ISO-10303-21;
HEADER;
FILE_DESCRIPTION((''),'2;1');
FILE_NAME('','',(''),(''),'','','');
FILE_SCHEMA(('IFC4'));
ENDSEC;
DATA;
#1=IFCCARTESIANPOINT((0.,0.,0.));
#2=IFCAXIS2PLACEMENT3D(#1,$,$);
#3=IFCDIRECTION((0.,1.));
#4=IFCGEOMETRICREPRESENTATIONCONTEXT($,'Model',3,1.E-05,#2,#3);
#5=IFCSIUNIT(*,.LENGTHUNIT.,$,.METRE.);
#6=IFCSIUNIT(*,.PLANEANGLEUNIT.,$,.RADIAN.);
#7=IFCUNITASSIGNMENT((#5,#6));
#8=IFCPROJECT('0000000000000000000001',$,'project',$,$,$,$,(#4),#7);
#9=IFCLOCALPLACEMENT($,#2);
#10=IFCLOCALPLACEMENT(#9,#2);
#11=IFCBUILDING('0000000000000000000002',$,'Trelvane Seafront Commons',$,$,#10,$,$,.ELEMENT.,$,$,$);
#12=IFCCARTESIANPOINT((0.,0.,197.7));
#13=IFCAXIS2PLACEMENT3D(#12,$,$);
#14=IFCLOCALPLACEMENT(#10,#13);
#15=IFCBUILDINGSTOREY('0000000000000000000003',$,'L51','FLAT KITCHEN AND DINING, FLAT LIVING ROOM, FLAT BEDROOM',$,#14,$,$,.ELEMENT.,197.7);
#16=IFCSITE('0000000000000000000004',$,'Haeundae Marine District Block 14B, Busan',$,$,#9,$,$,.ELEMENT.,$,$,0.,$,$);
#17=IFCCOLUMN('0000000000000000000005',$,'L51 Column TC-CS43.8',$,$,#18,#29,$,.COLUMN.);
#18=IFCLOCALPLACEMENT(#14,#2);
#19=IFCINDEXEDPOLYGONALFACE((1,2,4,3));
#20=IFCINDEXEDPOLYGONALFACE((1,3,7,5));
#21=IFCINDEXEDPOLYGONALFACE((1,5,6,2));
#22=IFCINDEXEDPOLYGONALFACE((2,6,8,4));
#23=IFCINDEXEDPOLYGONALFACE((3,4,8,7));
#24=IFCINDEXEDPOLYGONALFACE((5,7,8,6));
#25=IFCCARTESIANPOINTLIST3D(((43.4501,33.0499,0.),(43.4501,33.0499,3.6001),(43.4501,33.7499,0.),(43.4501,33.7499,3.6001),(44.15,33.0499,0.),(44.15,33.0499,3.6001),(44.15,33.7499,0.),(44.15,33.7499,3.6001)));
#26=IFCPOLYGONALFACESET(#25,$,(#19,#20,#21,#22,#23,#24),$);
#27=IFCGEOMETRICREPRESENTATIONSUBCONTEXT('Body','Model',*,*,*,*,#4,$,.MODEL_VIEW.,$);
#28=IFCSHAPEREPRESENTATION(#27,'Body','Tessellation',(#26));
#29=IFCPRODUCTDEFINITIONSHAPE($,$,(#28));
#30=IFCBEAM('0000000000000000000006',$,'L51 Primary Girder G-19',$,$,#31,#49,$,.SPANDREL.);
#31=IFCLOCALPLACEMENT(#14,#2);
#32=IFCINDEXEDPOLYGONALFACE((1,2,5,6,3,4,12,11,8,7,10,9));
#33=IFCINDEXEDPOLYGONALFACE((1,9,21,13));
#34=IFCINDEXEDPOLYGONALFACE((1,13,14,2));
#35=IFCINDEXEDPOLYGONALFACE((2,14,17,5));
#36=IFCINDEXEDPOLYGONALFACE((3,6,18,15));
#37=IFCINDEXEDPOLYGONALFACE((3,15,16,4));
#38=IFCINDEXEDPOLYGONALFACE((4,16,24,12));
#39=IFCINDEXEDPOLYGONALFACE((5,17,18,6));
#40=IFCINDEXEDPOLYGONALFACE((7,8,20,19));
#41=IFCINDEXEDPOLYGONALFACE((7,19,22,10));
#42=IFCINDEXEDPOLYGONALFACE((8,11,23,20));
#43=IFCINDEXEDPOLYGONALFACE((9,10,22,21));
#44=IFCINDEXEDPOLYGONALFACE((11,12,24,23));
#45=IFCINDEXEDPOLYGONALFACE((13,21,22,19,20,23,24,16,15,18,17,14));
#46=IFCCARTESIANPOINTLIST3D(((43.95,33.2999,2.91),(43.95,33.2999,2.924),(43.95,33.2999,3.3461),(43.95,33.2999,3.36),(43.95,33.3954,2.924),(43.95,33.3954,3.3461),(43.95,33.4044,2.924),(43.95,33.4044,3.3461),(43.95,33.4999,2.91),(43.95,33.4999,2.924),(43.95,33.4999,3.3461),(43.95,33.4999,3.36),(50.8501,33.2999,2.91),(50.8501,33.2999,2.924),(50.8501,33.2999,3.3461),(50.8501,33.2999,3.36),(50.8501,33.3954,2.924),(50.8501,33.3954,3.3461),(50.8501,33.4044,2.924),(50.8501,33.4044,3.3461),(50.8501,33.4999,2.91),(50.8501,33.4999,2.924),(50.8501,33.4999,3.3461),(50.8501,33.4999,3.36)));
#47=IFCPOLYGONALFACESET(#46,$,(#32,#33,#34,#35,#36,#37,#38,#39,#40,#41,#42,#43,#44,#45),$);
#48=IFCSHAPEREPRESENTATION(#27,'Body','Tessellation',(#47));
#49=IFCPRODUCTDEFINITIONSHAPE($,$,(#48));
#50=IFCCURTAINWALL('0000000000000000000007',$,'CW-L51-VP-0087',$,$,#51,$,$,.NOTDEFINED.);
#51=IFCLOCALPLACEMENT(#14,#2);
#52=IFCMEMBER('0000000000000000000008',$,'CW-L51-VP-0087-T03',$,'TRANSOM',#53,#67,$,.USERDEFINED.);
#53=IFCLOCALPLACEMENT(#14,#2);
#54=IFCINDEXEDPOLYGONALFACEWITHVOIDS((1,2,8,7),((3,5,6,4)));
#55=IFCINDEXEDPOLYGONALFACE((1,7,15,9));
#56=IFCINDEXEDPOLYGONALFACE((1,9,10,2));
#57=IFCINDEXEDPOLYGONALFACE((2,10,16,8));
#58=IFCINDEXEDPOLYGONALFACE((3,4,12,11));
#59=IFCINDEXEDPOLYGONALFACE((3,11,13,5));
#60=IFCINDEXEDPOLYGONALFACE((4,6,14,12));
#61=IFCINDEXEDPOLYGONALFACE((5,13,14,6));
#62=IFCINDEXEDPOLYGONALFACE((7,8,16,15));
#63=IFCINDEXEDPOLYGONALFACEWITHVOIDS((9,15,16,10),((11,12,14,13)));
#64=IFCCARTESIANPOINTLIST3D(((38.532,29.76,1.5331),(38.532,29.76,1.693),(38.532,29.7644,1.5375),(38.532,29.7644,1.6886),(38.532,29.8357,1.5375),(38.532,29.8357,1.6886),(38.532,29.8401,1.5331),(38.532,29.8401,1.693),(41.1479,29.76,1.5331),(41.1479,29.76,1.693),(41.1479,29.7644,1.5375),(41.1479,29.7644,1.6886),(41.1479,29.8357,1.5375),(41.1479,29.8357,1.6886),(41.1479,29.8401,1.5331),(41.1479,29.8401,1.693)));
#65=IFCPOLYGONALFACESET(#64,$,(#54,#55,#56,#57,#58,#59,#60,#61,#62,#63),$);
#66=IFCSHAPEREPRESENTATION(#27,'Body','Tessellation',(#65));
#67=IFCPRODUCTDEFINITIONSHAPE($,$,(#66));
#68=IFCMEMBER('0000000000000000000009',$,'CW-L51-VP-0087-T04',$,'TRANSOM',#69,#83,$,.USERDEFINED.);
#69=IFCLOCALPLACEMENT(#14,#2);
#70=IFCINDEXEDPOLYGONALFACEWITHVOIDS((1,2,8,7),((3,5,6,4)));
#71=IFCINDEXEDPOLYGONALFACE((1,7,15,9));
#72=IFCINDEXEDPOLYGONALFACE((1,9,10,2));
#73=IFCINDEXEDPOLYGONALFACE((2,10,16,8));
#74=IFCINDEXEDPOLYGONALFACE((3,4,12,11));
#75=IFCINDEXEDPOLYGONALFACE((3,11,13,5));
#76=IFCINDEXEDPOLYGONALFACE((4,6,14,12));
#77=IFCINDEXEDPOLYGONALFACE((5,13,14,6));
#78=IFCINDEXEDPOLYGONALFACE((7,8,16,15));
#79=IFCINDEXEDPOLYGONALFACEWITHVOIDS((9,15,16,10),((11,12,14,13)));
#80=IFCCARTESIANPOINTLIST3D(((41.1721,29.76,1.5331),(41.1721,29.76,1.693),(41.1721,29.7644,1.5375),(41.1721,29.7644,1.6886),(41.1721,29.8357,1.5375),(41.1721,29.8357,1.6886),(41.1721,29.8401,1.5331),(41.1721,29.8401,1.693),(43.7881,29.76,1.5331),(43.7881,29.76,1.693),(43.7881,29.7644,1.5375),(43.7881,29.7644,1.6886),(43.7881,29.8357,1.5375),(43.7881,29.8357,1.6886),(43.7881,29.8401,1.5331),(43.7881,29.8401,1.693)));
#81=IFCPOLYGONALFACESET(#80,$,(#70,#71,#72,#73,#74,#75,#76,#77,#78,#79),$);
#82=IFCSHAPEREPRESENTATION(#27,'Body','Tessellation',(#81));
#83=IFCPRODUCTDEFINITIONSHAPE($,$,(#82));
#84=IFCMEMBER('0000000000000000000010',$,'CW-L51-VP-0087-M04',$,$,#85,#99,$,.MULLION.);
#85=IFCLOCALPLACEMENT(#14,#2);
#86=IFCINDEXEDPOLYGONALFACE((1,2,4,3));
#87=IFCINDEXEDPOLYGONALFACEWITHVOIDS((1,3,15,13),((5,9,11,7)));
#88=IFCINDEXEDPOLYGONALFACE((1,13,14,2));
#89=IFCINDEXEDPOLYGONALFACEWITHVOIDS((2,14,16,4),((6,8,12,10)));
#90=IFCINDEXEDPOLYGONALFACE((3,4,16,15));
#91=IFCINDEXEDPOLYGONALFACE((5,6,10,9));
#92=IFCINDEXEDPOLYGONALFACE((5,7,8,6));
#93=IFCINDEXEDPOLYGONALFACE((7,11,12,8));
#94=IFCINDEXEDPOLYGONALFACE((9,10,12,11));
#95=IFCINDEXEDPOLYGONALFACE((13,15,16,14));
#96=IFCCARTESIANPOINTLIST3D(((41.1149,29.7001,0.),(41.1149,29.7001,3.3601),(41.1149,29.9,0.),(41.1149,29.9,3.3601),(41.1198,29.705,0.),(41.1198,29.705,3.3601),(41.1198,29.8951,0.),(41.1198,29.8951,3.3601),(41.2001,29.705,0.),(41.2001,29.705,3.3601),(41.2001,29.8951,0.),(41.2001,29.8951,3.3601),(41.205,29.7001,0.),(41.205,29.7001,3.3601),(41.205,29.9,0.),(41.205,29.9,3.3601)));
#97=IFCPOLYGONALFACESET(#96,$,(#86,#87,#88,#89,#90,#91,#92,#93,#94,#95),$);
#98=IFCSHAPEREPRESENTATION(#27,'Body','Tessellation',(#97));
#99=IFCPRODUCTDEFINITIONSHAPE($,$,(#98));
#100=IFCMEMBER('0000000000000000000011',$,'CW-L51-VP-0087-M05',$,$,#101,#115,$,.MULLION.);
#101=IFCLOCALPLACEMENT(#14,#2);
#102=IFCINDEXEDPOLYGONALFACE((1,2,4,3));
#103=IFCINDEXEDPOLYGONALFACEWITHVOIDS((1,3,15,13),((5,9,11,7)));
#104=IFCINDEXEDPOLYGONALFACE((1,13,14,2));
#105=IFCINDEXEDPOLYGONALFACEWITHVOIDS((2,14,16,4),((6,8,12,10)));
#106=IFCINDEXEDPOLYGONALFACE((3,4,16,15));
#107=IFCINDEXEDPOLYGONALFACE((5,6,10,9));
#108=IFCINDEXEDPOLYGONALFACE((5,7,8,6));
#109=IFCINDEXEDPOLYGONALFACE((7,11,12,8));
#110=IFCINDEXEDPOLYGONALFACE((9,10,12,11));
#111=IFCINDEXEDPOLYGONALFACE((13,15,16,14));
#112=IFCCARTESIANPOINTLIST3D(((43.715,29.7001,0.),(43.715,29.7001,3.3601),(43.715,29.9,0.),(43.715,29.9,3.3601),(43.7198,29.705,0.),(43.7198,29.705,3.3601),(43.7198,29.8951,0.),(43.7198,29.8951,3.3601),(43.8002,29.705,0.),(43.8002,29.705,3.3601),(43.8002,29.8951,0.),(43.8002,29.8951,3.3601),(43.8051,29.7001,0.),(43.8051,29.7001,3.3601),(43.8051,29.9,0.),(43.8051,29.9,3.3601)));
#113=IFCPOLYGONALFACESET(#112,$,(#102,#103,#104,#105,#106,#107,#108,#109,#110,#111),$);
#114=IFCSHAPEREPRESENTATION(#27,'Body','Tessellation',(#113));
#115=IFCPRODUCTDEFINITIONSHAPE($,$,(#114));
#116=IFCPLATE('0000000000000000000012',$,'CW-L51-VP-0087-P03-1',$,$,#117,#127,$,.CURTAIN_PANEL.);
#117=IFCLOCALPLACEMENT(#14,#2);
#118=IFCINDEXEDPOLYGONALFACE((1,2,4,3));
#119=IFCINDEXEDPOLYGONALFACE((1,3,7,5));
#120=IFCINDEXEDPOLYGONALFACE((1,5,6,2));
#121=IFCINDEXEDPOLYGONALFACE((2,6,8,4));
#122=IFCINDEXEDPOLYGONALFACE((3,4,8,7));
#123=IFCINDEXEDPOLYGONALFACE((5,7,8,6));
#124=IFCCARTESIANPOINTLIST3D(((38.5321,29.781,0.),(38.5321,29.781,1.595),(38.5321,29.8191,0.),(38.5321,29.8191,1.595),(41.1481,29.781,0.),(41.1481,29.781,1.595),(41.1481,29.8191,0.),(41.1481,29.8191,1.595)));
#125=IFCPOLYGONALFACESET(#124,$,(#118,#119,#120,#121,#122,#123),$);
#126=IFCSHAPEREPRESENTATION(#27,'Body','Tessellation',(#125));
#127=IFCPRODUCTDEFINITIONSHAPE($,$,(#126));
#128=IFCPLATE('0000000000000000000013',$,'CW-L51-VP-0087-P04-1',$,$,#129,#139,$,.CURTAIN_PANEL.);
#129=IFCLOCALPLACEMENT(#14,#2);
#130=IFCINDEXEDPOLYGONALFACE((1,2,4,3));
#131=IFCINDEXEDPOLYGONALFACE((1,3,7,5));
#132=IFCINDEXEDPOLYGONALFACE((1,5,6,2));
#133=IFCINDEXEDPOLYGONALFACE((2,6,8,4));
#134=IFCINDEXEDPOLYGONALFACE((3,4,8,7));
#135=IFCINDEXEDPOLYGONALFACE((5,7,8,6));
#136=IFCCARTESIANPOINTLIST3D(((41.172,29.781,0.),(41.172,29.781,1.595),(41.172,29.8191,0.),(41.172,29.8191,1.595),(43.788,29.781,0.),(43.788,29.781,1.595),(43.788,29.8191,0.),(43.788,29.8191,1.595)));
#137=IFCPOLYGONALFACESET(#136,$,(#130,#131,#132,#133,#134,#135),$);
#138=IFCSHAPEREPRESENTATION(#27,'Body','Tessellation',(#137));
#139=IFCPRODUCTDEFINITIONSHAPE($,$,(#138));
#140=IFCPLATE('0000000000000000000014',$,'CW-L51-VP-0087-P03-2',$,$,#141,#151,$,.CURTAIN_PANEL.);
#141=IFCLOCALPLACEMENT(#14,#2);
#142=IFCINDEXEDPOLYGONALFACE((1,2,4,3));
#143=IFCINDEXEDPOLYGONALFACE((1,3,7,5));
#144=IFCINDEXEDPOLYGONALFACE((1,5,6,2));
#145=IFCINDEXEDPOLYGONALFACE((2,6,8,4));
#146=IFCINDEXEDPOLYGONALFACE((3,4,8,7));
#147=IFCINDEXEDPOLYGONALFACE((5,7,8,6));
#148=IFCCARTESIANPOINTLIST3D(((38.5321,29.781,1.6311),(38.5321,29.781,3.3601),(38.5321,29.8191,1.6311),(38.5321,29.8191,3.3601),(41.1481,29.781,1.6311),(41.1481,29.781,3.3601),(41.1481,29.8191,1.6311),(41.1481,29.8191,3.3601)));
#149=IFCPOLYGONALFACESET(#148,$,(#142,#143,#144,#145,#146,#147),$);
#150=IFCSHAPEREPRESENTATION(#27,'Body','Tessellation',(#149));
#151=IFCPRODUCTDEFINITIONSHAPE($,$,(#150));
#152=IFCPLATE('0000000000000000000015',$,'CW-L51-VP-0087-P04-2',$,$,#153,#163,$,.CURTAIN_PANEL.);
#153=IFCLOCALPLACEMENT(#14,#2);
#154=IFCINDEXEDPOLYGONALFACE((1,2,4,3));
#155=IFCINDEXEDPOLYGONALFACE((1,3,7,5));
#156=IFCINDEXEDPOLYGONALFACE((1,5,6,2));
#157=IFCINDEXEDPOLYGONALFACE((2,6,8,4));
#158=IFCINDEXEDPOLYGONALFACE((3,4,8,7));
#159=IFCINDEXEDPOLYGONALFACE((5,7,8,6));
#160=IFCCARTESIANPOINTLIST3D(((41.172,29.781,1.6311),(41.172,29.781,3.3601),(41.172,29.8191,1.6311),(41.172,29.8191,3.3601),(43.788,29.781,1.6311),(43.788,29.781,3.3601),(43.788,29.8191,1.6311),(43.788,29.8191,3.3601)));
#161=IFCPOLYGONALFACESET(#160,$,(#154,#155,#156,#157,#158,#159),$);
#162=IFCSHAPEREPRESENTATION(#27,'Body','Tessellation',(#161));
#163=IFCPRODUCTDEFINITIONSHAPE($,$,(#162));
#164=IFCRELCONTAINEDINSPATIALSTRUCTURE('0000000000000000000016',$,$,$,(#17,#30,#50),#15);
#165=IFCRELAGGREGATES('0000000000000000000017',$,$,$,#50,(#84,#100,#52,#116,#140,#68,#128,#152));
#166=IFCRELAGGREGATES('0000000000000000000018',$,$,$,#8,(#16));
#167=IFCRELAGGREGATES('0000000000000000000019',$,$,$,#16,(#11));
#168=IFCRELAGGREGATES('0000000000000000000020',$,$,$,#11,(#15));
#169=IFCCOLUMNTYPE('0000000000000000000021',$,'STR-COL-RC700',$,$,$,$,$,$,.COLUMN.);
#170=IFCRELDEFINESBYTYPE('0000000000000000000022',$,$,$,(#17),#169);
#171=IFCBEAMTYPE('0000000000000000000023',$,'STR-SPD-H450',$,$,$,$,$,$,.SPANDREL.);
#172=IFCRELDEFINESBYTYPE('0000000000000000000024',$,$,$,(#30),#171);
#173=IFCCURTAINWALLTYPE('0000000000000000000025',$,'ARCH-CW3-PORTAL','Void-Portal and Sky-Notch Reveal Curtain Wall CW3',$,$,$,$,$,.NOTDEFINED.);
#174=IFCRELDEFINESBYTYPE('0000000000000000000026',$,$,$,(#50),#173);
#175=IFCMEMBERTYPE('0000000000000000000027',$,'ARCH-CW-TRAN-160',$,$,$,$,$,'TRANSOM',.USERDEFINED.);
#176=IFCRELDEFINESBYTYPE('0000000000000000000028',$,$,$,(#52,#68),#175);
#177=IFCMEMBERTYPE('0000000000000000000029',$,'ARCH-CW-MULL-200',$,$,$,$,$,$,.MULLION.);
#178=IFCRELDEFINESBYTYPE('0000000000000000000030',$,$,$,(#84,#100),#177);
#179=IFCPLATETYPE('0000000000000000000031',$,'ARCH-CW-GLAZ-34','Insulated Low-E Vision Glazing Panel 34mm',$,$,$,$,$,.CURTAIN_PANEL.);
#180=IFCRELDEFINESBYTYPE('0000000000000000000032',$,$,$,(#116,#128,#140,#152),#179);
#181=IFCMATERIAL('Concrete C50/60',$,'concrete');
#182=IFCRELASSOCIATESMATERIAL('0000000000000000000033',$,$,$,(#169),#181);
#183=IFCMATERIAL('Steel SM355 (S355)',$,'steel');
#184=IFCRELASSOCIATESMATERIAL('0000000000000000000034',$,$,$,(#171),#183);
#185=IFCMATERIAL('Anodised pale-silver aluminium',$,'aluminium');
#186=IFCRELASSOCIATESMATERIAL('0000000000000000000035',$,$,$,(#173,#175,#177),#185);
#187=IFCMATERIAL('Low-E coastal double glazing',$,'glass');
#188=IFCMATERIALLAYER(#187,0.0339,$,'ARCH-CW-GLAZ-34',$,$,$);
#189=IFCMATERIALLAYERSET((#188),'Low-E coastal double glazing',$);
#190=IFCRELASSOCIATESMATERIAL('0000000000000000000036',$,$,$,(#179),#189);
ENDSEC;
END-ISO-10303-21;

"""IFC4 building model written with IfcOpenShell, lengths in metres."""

from ifc_helpers import new_model, si_unit, direction, frame, origin, origin_2d, place, context, subcontext, project, spatial, rectangle, hollow_rectangle, i_section, extrude, source, transform, mapped, material, layer, layer_set, material_profile, profile_set, type_object, element, aggregate, save


model = new_model("IFC4")

# Units and contexts
model_context = context("Model", 3, precision=1e-05, world=origin(), true_north=direction((0.0, 1.0)))
body_context = subcontext(model_context, "Body", "Model", "MODEL_VIEW")
ifc_project = project(units=[si_unit("LENGTHUNIT", "METRE"), si_unit("PLANEANGLEUNIT", "RADIAN")], contexts=[model_context])

# Site, building, storey
site_placement = place(None, origin())
site = spatial("IfcSite", under=ifc_project, at=site_placement, Name="Haeundae Marine District Block 14B, Busan", CompositionType="ELEMENT", RefElevation=0.0)
building_placement = place(site_placement, origin())
building = spatial("IfcBuilding", under=site, at=building_placement, Name="Trelvane Seafront Commons", CompositionType="ELEMENT")
storey_placement = place(building_placement, frame((0.0, 0.0, 197.7)))
storey = spatial("IfcBuildingStorey", under=building, at=storey_placement, Name="L51", Description="FLAT KITCHEN AND DINING, FLAT LIVING ROOM, FLAT BEDROOM", CompositionType="ELEMENT", Elevation=197.7)

# Column
ifc_material_1 = material(Name="Concrete C50/60", Category="concrete")
ifc_material_profile_1 = material_profile(ifc_material_1, rectangle(XDim=0.7, YDim=0.7, at=origin_2d()), Name="RC-700x700")
ifc_profile_set_1 = profile_set([ifc_material_profile_1], Name="Concrete C50/60")
column_type = type_object("IfcColumnType", Name="STR-COL-RC700", PredefinedType="COLUMN", material=ifc_profile_set_1)
shared_shape_1 = source(origin(), body_context, "Body", "SweptSolid", [
    extrude(rectangle(XDim=0.7, YDim=0.7, at=origin_2d()), origin(), (0.0, 0.0, 1.0), 3.6001),
])
column_placement = place(storey_placement, frame((43.8, 33.3999, 0.0), z_axis=(0.0, 0.0, 1.0), x_axis=(1.0, 0.0, 0.0)))
element("IfcColumn", 1, at=column_placement, inside=storey, type_object=column_type, Name="L51 Column TC-CS43.8", PredefinedType="COLUMN", context=body_context, shape_type="MappedRepresentation", body=[
    mapped(shared_shape_1, transform((0.0, 0.0, 0.0), x_axis=(1.0, 0.0, 0.0), y_axis=(0.0, 1.0, 0.0), z_axis=(0.0, 0.0, 1.0), scale=1.0)),
])

# Beam
ifc_material_2 = material(Name="Steel SM355 (S355)", Category="steel")
ifc_material_profile_2 = material_profile(ifc_material_2, i_section(OverallWidth=0.2, OverallDepth=0.45, WebThickness=0.009, FlangeThickness=0.0139, at=origin_2d()), Name="H-450x200x9x14")
ifc_profile_set_2 = profile_set([ifc_material_profile_2], Name="Steel SM355 (S355)")
beam_type = type_object("IfcBeamType", Name="STR-SPD-H450", PredefinedType="SPANDREL", material=ifc_profile_set_2)
shared_shape_2 = source(origin(), body_context, "Body", "SweptSolid", [
    extrude(i_section(OverallWidth=0.2, OverallDepth=0.45, WebThickness=0.009, FlangeThickness=0.0139, at=origin_2d()), origin(), (0.0, 0.0, 1.0), 6.9001),
])
beam_placement = place(storey_placement, frame((43.95, 33.3999, 3.135), z_axis=(1.0, 0.0, 0.0), x_axis=(0.0, 1.0, 0.0)))
element("IfcBeam", 2, at=beam_placement, inside=storey, type_object=beam_type, Name="L51 Primary Girder G-19", PredefinedType="SPANDREL", context=body_context, shape_type="MappedRepresentation", body=[
    mapped(shared_shape_2, transform((0.0, 0.0, 0.0), x_axis=(1.0, 0.0, 0.0), y_axis=(0.0, 1.0, 0.0), z_axis=(0.0, 0.0, 1.0), scale=1.0)),
])

# Curtain wall, members, plates
ifc_material_3 = material(Name="Anodised pale-silver aluminium", Category="aluminium")
curtain_wall_type = type_object("IfcCurtainWallType", Name="ARCH-CW3-PORTAL", Description="Void-Portal and Sky-Notch Reveal Curtain Wall CW3", PredefinedType="NOTDEFINED", material=ifc_material_3)
curtain_wall_placement = place(storey_placement, origin())
curtain_wall = element("IfcCurtainWall", 3, at=curtain_wall_placement, inside=storey, type_object=curtain_wall_type, Name="CW-L51-VP-0087", PredefinedType="NOTDEFINED")
ifc_material_profile_3 = material_profile(ifc_material_3, hollow_rectangle(XDim=0.0801, YDim=0.1599, WallThickness=0.0044, at=origin_2d()), Name="TRAN-80x160x4.5")
ifc_profile_set_3 = profile_set([ifc_material_profile_3], Name="Anodised pale-silver aluminium")
member_type_1 = type_object("IfcMemberType", Name="ARCH-CW-TRAN-160", ElementType="TRANSOM", PredefinedType="USERDEFINED", material=ifc_profile_set_3)
shared_shape_3 = source(origin(), body_context, "Body", "SweptSolid", [
    extrude(hollow_rectangle(XDim=0.0801, YDim=0.1599, WallThickness=0.0044, at=origin_2d()), origin(), (0.0, 0.0, 1.0), 2.616),
])
member_1_placement = place(storey_placement, frame((38.532, 29.8, 1.613), z_axis=(1.0, 0.0, 0.0), x_axis=(0.0, 1.0, 0.0)))
member_1 = element("IfcMember", 4, at=member_1_placement, type_object=member_type_1, Name="CW-L51-VP-0087-T03", ObjectType="TRANSOM", PredefinedType="USERDEFINED", context=body_context, shape_type="MappedRepresentation", body=[
    mapped(shared_shape_3, transform((0.0, 0.0, 0.0), x_axis=(1.0, 0.0, 0.0), y_axis=(0.0, 1.0, 0.0), z_axis=(0.0, 0.0, 1.0), scale=1.0)),
])
member_2_placement = place(storey_placement, frame((41.1721, 29.8, 1.613), z_axis=(1.0, 0.0, 0.0), x_axis=(0.0, 1.0, 0.0)))
member_2 = element("IfcMember", 5, at=member_2_placement, type_object=member_type_1, Name="CW-L51-VP-0087-T04", ObjectType="TRANSOM", PredefinedType="USERDEFINED", context=body_context, shape_type="MappedRepresentation", body=[
    mapped(shared_shape_3, transform((0.0, 0.0, 0.0), x_axis=(1.0, 0.0, 0.0), y_axis=(0.0, 1.0, 0.0), z_axis=(0.0, 0.0, 1.0), scale=1.0)),
])
ifc_material_profile_4 = material_profile(ifc_material_3, hollow_rectangle(XDim=0.0901, YDim=0.2, WallThickness=0.0049, at=origin_2d()), Name="MULL-90x200x5")
ifc_profile_set_4 = profile_set([ifc_material_profile_4], Name="Anodised pale-silver aluminium")
member_type_2 = type_object("IfcMemberType", Name="ARCH-CW-MULL-200", PredefinedType="MULLION", material=ifc_profile_set_4)
shared_shape_4 = source(origin(), body_context, "Body", "SweptSolid", [
    extrude(hollow_rectangle(XDim=0.0901, YDim=0.2, WallThickness=0.0049, at=origin_2d()), origin(), (0.0, 0.0, 1.0), 3.3601),
])
member_3_placement = place(storey_placement, frame((41.1599, 29.8, 0.0), z_axis=(0.0, 0.0, 1.0), x_axis=(1.0, 0.0, 0.0)))
member_3 = element("IfcMember", 6, at=member_3_placement, type_object=member_type_2, Name="CW-L51-VP-0087-M04", PredefinedType="MULLION", context=body_context, shape_type="MappedRepresentation", body=[
    mapped(shared_shape_4, transform((0.0, 0.0, 0.0), x_axis=(1.0, 0.0, 0.0), y_axis=(0.0, 1.0, 0.0), z_axis=(0.0, 0.0, 1.0), scale=1.0)),
])
member_4_placement = place(storey_placement, frame((43.76, 29.8, 0.0), z_axis=(0.0, 0.0, 1.0), x_axis=(1.0, 0.0, 0.0)))
member_4 = element("IfcMember", 7, at=member_4_placement, type_object=member_type_2, Name="CW-L51-VP-0087-M05", PredefinedType="MULLION", context=body_context, shape_type="MappedRepresentation", body=[
    mapped(shared_shape_4, transform((0.0, 0.0, 0.0), x_axis=(1.0, 0.0, 0.0), y_axis=(0.0, 1.0, 0.0), z_axis=(0.0, 0.0, 1.0), scale=1.0)),
])
ifc_material_4 = material(Name="Low-E coastal double glazing", Category="glass")
ifc_layer_1 = layer(ifc_material_4, 0.0339, Name="ARCH-CW-GLAZ-34")
ifc_layer_set_1 = layer_set([ifc_layer_1], Name="Low-E coastal double glazing")
plate_type = type_object("IfcPlateType", Name="ARCH-CW-GLAZ-34", Description="Insulated Low-E Vision Glazing Panel 34mm", PredefinedType="CURTAIN_PANEL", material=ifc_layer_set_1)
shared_shape_5 = source(origin(), body_context, "Body", "SweptSolid", [
    extrude(rectangle(XDim=2.616, YDim=0.0381, at=origin_2d()), origin(), (0.0, 0.0, 1.0), 1.595),
])
plate_1_placement = place(storey_placement, frame((39.8401, 29.8, 0.0), z_axis=(0.0, 0.0, 1.0), x_axis=(1.0, 0.0, 0.0)))
plate_1 = element("IfcPlate", 8, at=plate_1_placement, type_object=plate_type, Name="CW-L51-VP-0087-P03-1", PredefinedType="CURTAIN_PANEL", context=body_context, shape_type="MappedRepresentation", body=[
    mapped(shared_shape_5, transform((0.0, 0.0, 0.0), x_axis=(1.0, 0.0, 0.0), y_axis=(0.0, 1.0, 0.0), z_axis=(0.0, 0.0, 1.0), scale=1.0)),
])
plate_2_placement = place(storey_placement, frame((42.48, 29.8, 0.0), z_axis=(0.0, 0.0, 1.0), x_axis=(1.0, 0.0, 0.0)))
plate_2 = element("IfcPlate", 9, at=plate_2_placement, type_object=plate_type, Name="CW-L51-VP-0087-P04-1", PredefinedType="CURTAIN_PANEL", context=body_context, shape_type="MappedRepresentation", body=[
    mapped(shared_shape_5, transform((0.0, 0.0, 0.0), x_axis=(1.0, 0.0, 0.0), y_axis=(0.0, 1.0, 0.0), z_axis=(0.0, 0.0, 1.0), scale=1.0)),
])
shared_shape_6 = source(origin(), body_context, "Body", "SweptSolid", [
    extrude(rectangle(XDim=2.616, YDim=0.0381, at=origin_2d()), origin(), (0.0, 0.0, 1.0), 1.729),
])
plate_3_placement = place(storey_placement, frame((39.8401, 29.8, 1.6311), z_axis=(0.0, 0.0, 1.0), x_axis=(1.0, 0.0, 0.0)))
plate_3 = element("IfcPlate", 10, at=plate_3_placement, type_object=plate_type, Name="CW-L51-VP-0087-P03-2", PredefinedType="CURTAIN_PANEL", context=body_context, shape_type="MappedRepresentation", body=[
    mapped(shared_shape_6, transform((0.0, 0.0, 0.0), x_axis=(1.0, 0.0, 0.0), y_axis=(0.0, 1.0, 0.0), z_axis=(0.0, 0.0, 1.0), scale=1.0)),
])
plate_4_placement = place(storey_placement, frame((42.48, 29.8, 1.6311), z_axis=(0.0, 0.0, 1.0), x_axis=(1.0, 0.0, 0.0)))
plate_4 = element("IfcPlate", 11, at=plate_4_placement, type_object=plate_type, Name="CW-L51-VP-0087-P04-2", PredefinedType="CURTAIN_PANEL", context=body_context, shape_type="MappedRepresentation", body=[
    mapped(shared_shape_6, transform((0.0, 0.0, 0.0), x_axis=(1.0, 0.0, 0.0), y_axis=(0.0, 1.0, 0.0), z_axis=(0.0, 0.0, 1.0), scale=1.0)),
])
aggregate(curtain_wall, [member_3, member_4, member_1, plate_1, plate_3, member_2, plate_2, plate_4])

save(model, "model.ifc")
